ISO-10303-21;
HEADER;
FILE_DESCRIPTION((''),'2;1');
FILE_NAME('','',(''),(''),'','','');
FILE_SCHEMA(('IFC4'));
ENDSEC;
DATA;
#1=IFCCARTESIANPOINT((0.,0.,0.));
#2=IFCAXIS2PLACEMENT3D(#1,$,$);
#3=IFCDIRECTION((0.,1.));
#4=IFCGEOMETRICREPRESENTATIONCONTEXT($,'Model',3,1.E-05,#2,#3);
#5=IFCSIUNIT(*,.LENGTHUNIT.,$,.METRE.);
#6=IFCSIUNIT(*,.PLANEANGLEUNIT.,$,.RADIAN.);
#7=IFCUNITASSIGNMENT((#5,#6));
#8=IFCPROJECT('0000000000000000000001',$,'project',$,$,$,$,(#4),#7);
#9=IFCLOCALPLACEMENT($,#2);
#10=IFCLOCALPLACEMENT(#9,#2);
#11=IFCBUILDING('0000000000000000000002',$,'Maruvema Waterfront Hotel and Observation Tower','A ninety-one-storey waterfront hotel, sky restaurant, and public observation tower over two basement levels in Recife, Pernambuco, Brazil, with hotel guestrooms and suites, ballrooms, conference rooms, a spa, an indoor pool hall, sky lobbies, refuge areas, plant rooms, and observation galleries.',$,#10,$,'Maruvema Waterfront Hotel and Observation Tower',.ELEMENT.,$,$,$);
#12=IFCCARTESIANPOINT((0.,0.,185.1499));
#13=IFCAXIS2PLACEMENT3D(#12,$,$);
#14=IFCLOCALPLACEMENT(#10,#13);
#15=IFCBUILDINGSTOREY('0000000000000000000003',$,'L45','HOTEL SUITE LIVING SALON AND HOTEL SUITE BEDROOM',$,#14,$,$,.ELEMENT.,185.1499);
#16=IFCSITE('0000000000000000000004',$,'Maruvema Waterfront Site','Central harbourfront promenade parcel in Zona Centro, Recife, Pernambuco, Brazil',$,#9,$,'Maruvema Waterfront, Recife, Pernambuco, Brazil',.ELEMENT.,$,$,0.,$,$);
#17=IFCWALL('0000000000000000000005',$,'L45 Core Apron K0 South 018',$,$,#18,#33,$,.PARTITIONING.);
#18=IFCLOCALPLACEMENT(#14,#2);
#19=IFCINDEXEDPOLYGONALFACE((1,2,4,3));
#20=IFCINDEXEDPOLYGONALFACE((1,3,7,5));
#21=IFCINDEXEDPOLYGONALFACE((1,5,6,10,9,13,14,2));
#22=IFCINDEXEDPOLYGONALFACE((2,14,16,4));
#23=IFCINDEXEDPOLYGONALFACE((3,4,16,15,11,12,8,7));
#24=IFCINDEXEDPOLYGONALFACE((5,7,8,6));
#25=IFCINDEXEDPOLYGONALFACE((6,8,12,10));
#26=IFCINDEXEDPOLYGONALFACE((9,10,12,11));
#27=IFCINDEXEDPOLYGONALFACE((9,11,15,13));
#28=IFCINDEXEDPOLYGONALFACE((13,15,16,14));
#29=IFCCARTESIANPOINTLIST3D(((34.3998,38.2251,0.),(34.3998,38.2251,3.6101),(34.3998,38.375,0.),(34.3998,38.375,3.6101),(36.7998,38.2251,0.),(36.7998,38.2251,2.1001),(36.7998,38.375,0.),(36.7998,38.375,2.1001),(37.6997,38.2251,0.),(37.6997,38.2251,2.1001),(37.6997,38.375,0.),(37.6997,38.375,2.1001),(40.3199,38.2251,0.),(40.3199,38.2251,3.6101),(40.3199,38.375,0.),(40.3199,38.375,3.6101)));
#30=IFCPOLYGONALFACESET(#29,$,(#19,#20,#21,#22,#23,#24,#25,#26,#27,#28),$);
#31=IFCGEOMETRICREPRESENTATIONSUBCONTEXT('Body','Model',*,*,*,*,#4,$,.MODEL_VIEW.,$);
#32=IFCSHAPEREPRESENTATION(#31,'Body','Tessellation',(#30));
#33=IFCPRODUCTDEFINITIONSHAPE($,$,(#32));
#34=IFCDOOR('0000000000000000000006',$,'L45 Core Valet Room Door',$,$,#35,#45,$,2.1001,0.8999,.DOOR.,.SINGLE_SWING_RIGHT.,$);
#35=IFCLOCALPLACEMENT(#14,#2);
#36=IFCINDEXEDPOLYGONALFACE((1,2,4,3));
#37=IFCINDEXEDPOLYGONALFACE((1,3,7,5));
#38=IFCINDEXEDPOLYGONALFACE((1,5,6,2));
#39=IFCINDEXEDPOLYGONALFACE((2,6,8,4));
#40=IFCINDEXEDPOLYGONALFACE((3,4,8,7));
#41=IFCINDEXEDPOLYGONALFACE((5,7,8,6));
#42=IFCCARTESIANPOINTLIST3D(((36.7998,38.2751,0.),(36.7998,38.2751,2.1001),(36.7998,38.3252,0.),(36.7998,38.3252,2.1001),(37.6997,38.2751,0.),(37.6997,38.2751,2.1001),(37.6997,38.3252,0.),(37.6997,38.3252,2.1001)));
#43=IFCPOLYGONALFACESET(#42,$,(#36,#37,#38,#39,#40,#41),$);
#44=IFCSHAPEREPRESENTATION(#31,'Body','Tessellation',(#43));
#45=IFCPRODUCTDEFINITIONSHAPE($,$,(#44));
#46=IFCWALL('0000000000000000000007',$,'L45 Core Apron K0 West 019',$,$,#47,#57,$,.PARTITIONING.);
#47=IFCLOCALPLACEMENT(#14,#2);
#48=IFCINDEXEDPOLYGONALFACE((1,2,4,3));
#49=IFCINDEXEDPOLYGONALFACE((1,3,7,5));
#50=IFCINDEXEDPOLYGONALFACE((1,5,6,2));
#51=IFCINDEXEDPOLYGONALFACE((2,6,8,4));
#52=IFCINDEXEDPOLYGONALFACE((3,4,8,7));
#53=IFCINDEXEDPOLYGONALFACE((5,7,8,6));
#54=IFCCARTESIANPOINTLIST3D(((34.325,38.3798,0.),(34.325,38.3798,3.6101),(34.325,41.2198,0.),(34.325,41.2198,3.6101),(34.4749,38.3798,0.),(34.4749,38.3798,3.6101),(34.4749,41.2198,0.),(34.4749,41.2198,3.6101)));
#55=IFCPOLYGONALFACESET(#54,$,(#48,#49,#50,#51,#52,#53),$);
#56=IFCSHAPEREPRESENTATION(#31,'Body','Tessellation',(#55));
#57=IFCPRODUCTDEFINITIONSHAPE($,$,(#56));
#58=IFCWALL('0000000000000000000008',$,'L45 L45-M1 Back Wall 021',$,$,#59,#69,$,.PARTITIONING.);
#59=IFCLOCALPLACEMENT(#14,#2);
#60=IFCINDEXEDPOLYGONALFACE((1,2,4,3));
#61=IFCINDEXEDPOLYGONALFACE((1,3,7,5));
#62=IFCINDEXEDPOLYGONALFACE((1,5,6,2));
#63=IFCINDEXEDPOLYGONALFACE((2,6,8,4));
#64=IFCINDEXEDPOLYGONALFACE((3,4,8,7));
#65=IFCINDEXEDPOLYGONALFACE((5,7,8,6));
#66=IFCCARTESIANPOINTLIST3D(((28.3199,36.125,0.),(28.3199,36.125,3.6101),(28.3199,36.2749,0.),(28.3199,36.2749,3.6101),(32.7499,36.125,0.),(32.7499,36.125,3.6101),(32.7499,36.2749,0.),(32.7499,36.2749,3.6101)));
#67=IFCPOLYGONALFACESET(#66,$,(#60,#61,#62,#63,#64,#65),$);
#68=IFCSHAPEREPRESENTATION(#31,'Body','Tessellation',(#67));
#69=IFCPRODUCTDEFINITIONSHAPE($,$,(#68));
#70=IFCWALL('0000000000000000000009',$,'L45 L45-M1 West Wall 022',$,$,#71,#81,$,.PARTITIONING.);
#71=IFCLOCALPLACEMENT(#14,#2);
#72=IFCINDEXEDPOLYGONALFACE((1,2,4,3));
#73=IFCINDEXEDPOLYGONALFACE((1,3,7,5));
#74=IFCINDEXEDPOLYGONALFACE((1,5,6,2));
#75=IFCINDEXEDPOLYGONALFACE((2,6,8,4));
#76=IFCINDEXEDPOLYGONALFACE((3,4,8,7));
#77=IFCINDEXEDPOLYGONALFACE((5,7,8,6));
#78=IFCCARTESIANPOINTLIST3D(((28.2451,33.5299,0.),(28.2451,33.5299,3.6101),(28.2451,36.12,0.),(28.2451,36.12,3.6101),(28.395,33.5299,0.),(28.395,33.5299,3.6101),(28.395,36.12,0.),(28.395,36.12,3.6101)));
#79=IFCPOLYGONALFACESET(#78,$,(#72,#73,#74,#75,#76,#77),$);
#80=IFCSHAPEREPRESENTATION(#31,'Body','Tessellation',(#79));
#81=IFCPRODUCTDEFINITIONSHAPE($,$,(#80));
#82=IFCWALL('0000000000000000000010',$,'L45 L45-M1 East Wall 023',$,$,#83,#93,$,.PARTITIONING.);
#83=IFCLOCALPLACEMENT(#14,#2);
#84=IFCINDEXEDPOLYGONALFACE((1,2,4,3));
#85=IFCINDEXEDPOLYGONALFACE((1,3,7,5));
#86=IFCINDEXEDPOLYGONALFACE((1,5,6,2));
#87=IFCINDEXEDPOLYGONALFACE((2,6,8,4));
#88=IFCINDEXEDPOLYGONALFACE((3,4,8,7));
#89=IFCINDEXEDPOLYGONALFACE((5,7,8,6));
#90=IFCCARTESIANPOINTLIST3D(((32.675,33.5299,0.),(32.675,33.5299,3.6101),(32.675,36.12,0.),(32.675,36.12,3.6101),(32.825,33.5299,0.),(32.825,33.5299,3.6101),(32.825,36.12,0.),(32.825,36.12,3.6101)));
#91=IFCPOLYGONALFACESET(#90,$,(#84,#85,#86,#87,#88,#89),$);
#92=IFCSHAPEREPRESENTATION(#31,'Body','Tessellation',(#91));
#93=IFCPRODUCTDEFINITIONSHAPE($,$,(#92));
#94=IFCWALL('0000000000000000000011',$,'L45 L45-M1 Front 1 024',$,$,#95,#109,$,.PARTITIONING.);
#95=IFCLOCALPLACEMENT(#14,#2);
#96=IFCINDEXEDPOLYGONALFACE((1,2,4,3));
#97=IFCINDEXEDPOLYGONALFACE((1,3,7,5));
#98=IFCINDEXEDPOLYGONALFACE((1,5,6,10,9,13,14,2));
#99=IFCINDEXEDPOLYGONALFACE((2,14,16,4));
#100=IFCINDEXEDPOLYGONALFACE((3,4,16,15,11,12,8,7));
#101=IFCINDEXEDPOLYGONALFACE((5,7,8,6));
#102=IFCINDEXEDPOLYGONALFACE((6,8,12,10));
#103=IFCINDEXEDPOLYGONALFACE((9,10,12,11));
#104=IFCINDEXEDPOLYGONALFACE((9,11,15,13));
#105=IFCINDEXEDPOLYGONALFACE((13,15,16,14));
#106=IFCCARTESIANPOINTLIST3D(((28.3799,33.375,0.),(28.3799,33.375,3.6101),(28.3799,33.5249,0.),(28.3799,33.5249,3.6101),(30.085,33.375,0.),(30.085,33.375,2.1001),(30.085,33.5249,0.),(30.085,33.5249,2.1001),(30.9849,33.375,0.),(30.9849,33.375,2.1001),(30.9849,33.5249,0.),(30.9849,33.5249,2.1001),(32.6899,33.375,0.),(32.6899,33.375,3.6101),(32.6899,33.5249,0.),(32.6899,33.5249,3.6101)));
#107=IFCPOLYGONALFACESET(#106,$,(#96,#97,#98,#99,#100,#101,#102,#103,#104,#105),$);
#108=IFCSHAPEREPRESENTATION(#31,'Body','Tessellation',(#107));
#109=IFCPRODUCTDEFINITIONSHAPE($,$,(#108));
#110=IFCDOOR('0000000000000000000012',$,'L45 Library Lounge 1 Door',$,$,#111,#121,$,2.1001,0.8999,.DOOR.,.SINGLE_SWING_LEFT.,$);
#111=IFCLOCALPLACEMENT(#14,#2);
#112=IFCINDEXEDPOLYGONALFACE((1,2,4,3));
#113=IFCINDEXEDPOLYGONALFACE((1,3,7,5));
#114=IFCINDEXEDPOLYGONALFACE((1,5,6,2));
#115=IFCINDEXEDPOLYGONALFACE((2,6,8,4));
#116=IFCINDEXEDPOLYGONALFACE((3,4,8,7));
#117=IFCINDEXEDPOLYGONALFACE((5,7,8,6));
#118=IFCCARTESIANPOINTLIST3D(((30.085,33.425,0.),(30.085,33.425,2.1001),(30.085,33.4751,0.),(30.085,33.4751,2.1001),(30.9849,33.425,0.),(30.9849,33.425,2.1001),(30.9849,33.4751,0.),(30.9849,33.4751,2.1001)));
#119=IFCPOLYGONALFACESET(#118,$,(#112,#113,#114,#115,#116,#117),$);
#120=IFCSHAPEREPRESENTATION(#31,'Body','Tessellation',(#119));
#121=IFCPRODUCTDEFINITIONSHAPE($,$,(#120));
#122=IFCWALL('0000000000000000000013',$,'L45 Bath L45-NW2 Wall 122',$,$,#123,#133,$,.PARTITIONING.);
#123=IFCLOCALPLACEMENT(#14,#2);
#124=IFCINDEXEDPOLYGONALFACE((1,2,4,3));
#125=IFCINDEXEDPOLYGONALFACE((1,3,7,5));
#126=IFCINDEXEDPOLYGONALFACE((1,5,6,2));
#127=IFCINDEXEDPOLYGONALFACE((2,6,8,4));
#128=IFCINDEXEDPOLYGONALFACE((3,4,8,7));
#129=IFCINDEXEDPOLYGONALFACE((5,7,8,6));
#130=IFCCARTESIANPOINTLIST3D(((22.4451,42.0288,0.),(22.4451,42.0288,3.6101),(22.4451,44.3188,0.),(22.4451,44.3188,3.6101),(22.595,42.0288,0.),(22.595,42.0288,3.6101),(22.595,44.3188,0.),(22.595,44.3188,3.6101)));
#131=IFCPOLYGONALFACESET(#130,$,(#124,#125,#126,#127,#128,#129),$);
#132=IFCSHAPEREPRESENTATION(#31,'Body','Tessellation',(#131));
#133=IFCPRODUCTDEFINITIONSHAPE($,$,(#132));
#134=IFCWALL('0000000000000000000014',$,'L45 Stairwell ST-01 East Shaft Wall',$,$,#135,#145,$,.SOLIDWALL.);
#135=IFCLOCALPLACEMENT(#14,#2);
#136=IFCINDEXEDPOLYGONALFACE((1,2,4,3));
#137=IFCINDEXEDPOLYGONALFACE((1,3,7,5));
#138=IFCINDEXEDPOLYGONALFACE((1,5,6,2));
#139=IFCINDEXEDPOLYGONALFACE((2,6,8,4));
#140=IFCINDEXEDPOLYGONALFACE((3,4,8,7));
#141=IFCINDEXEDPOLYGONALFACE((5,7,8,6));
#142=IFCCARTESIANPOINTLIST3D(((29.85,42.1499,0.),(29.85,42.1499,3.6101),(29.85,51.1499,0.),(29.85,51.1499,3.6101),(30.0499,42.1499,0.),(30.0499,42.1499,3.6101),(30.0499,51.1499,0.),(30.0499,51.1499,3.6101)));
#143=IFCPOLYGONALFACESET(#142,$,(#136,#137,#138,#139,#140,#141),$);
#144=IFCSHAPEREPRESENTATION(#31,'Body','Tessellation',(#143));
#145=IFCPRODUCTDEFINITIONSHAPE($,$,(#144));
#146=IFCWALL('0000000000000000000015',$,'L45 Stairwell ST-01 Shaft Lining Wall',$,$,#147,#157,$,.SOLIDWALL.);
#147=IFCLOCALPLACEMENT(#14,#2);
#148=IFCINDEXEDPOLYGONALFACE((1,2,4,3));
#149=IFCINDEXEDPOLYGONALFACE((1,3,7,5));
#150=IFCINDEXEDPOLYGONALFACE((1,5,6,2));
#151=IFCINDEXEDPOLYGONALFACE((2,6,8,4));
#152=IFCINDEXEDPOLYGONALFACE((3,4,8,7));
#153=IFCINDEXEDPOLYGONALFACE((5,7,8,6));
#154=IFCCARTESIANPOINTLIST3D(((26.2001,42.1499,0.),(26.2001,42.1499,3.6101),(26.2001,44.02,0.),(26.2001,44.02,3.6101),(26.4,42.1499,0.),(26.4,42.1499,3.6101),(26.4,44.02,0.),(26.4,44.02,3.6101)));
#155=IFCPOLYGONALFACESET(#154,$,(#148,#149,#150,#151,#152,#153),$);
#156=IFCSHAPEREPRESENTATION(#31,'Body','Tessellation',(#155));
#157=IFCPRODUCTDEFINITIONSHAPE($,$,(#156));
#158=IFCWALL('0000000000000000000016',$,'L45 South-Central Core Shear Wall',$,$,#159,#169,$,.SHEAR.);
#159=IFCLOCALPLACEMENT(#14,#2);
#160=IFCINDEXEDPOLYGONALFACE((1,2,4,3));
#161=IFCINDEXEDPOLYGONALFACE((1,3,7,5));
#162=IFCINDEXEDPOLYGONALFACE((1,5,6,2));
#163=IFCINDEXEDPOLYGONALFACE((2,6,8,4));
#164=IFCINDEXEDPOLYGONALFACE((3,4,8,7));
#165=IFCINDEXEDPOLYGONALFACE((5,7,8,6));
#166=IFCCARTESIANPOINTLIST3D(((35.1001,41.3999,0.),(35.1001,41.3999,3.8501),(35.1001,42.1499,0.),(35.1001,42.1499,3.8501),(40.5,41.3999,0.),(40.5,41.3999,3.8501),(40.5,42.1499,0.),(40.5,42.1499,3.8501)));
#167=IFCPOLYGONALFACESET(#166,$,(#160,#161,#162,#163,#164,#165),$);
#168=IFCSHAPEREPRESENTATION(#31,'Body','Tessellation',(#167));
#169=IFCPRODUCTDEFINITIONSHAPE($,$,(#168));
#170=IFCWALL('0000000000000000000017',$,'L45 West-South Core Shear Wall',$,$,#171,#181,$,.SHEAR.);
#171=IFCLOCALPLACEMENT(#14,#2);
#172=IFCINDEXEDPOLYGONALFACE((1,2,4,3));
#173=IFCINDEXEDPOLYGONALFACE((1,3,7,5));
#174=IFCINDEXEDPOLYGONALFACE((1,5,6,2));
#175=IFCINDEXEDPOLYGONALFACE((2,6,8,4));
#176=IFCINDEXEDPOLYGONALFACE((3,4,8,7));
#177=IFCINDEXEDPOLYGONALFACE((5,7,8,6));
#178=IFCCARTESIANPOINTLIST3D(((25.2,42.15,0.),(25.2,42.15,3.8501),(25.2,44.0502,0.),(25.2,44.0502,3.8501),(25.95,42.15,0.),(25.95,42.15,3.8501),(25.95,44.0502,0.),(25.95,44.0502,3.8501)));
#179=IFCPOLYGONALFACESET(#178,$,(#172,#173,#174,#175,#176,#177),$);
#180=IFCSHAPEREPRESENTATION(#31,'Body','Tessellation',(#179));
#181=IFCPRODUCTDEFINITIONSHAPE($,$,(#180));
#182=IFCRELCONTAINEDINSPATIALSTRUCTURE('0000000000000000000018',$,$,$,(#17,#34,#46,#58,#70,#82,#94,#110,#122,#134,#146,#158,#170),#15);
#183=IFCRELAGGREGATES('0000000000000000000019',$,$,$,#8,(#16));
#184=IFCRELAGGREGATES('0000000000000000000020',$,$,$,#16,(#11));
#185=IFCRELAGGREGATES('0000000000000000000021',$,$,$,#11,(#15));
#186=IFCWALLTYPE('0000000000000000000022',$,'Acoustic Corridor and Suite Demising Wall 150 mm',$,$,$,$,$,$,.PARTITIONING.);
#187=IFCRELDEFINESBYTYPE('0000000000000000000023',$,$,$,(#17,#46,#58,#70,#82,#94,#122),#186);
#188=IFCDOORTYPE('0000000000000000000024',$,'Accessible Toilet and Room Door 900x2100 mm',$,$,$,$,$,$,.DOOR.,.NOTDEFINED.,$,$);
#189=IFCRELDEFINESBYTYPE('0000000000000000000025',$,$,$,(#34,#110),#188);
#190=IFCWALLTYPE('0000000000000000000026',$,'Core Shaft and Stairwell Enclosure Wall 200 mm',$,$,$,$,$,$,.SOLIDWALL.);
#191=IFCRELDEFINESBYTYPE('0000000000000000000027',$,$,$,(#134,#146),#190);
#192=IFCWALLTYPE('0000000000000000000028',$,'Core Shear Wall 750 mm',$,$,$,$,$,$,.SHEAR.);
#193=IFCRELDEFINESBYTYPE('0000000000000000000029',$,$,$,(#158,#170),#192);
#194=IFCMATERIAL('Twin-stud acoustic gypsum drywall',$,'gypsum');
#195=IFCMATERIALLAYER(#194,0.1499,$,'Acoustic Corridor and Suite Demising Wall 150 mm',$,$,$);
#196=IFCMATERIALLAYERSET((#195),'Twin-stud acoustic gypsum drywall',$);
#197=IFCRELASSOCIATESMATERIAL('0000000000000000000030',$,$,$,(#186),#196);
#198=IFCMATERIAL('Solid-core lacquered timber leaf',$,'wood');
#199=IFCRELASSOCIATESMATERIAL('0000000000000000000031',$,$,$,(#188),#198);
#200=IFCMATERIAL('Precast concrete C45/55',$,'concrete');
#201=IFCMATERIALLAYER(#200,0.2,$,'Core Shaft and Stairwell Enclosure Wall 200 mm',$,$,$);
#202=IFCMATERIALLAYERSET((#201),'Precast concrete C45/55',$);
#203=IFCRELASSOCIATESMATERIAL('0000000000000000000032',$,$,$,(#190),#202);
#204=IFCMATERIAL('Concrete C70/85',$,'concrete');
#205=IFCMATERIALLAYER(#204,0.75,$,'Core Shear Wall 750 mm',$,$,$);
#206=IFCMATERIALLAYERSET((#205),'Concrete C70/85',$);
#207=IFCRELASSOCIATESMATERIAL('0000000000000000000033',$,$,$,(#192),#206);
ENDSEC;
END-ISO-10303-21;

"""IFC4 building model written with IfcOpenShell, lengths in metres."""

from ifc_helpers import new_model, si_unit, direction, frame, frame_2d, origin, place, context, subcontext, project, spatial, rectangle, extrude, material, layer, layer_set, type_object, element, fill, save


model = new_model("IFC4")

# Units and contexts
model_context = context("Model", 3, precision=1e-05, world=origin(), true_north=direction((0.0, 1.0)))
body_context = subcontext(model_context, "Body", "Model", "MODEL_VIEW")
ifc_project = project(units=[si_unit("LENGTHUNIT", "METRE"), si_unit("PLANEANGLEUNIT", "RADIAN")], contexts=[model_context])

# Site, building, storey
site_placement = place(None, origin())
site = spatial("IfcSite", under=ifc_project, at=site_placement, Name="Maruvema Waterfront Site", Description="Central harbourfront promenade parcel in Zona Centro, Recife, Pernambuco, Brazil", LongName="Maruvema Waterfront, Recife, Pernambuco, Brazil", CompositionType="ELEMENT", RefElevation=0.0)
building_placement = place(site_placement, origin())
building = spatial("IfcBuilding", under=site, at=building_placement, Name="Maruvema Waterfront Hotel and Observation Tower", Description="A ninety-one-storey waterfront hotel, sky restaurant, and public observation tower over two basement levels in Recife, Pernambuco, Brazil, with hotel guestrooms and suites, ballrooms, conference rooms, a spa, an indoor pool hall, sky lobbies, refuge areas, plant rooms, and observation galleries.", LongName="Maruvema Waterfront Hotel and Observation Tower", CompositionType="ELEMENT")
storey_placement = place(building_placement, frame((0.0, 0.0, 185.1499)))
storey = spatial("IfcBuildingStorey", under=building, at=storey_placement, Name="L45", Description="HOTEL SUITE LIVING SALON AND HOTEL SUITE BEDROOM", CompositionType="ELEMENT", Elevation=185.1499)

# Wall, opening, door
ifc_material_1 = material(Name="Twin-stud acoustic gypsum drywall", Category="gypsum")
ifc_layer_1 = layer(ifc_material_1, 0.1499, Name="Acoustic Corridor and Suite Demising Wall 150 mm")
ifc_layer_set_1 = layer_set([ifc_layer_1], Name="Twin-stud acoustic gypsum drywall")
wall_type_1 = type_object("IfcWallType", Name="Acoustic Corridor and Suite Demising Wall 150 mm", PredefinedType="PARTITIONING", material=ifc_layer_set_1)
wall_1_placement = place(storey_placement, frame((34.3999, 38.3, 0.0), z_axis=(0.0, 0.0, 1.0), x_axis=(1.0, 0.0, 0.0)))
wall_1 = element("IfcWall", 1, at=wall_1_placement, inside=storey, type_object=wall_type_1, Name="L45 Core Apron K0 South 018", PredefinedType="PARTITIONING", context=body_context, shape_type="SweptSolid", body=[
    extrude(rectangle(XDim=5.9202, YDim=0.1499, at=frame_2d((2.96, 0.0))), origin(), (0.0, 0.0, 1.0), 3.6101),
])
opening_1_placement = place(wall_1_placement, frame((2.3999, 0.0, 0.0)))
opening_1 = element("IfcOpeningElement", 2, at=opening_1_placement, cuts=wall_1, PredefinedType="OPENING", context=body_context, shape_type="SweptSolid", body=[
    extrude(rectangle(XDim=0.8999, YDim=2.1001, at=frame_2d((0.45, 1.05))), frame((0.0, 0.085, 0.0), z_axis=(0.0, -1.0, 0.0), x_axis=(1.0, 0.0, 0.0)), (0.0, 0.0, 1.0), 0.1699),
])
ifc_material_2 = material(Name="Solid-core lacquered timber leaf", Category="wood")
door_type_1 = type_object("IfcDoorType", Name="Accessible Toilet and Room Door 900x2100 mm", OperationType="NOTDEFINED", PredefinedType="DOOR", material=ifc_material_2)
door_1_placement = place(opening_1_placement, frame((0.8999, 0.0, 0.0), z_axis=(0.0, 0.0, 1.0), x_axis=(-1.0, 0.0, 0.0)))
door_1 = element("IfcDoor", 3, at=door_1_placement, inside=storey, type_object=door_type_1, Name="L45 Core Valet Room Door", OperationType="SINGLE_SWING_RIGHT", OverallHeight=2.1001, OverallWidth=0.8999, PredefinedType="DOOR", context=body_context, shape_type="SweptSolid", body=[
    extrude(rectangle(XDim=0.8999, YDim=2.1001, at=frame_2d((0.45, 1.05))), frame((0.0, 0.0249, 0.0), z_axis=(0.0, -1.0, 0.0), x_axis=(1.0, 0.0, 0.0)), (0.0, 0.0, 1.0), 0.05),
])
fill(opening_1, door_1)

# Walls
wall_2_placement = place(storey_placement, frame((34.3999, 38.3799, 0.0), z_axis=(0.0, 0.0, 1.0), x_axis=(0.0, 1.0, 0.0)))
element("IfcWall", 4, at=wall_2_placement, inside=storey, type_object=wall_type_1, Name="L45 Core Apron K0 West 019", PredefinedType="PARTITIONING", context=body_context, shape_type="SweptSolid", body=[
    extrude(rectangle(XDim=2.8401, YDim=0.1499, at=frame_2d((1.4199, 0.0))), origin(), (0.0, 0.0, 1.0), 3.6101),
])
wall_3_placement = place(storey_placement, frame((28.3201, 36.2, 0.0), z_axis=(0.0, 0.0, 1.0), x_axis=(1.0, 0.0, 0.0)))
element("IfcWall", 5, at=wall_3_placement, inside=storey, type_object=wall_type_1, Name="L45 L45-M1 Back Wall 021", PredefinedType="PARTITIONING", context=body_context, shape_type="SweptSolid", body=[
    extrude(rectangle(XDim=4.4299, YDim=0.1499, at=frame_2d((2.2148, 0.0))), origin(), (0.0, 0.0, 1.0), 3.6101),
])
for number, where, z_axis, x_axis, name in (
    (6, (28.3201, 33.53, 0.0), (0.0, 0.0, 1.0), (0.0, 1.0, 0.0), "L45 L45-M1 West Wall 022"),
    (7, (32.75, 33.53, 0.0), (0.0, 0.0, 1.0), (0.0, 1.0, 0.0), "L45 L45-M1 East Wall 023"),
):
    element("IfcWall", number, at=place(storey_placement, frame(where, z_axis=z_axis, x_axis=x_axis)), inside=storey, type_object=wall_type_1, Name=name, PredefinedType="PARTITIONING", context=body_context, shape_type="SweptSolid", body=[
        extrude(rectangle(XDim=2.5901, YDim=0.1499, at=frame_2d((1.2949, 0.0))), origin(), (0.0, 0.0, 1.0), 3.6101),
    ])

# Wall, opening, door
wall_4_placement = place(storey_placement, frame((28.3799, 33.45, 0.0), z_axis=(0.0, 0.0, 1.0), x_axis=(1.0, 0.0, 0.0)))
wall_4 = element("IfcWall", 8, at=wall_4_placement, inside=storey, type_object=wall_type_1, Name="L45 L45-M1 Front 1 024", PredefinedType="PARTITIONING", context=body_context, shape_type="SweptSolid", body=[
    extrude(rectangle(XDim=4.3101, YDim=0.1499, at=frame_2d((2.155, 0.0))), origin(), (0.0, 0.0, 1.0), 3.6101),
])
opening_2_placement = place(wall_4_placement, frame((1.7051, 0.0, 0.0)))
opening_2 = element("IfcOpeningElement", 9, at=opening_2_placement, cuts=wall_4, PredefinedType="OPENING", context=body_context, shape_type="SweptSolid", body=[
    extrude(rectangle(XDim=0.8999, YDim=2.1001, at=frame_2d((0.45, 1.05))), frame((0.0, 0.085, 0.0), z_axis=(0.0, -1.0, 0.0), x_axis=(1.0, 0.0, 0.0)), (0.0, 0.0, 1.0), 0.1699),
])
door_2_placement = place(opening_2_placement, frame((0.8999, 0.0, 0.0), z_axis=(0.0, 0.0, 1.0), x_axis=(-1.0, 0.0, 0.0)))
door_2 = element("IfcDoor", 10, at=door_2_placement, inside=storey, type_object=door_type_1, Name="L45 Library Lounge 1 Door", OperationType="SINGLE_SWING_LEFT", OverallHeight=2.1001, OverallWidth=0.8999, PredefinedType="DOOR", context=body_context, shape_type="SweptSolid", body=[
    extrude(rectangle(XDim=0.8999, YDim=2.1001, at=frame_2d((0.45, 1.05))), frame((0.0, 0.0249, 0.0), z_axis=(0.0, -1.0, 0.0), x_axis=(1.0, 0.0, 0.0)), (0.0, 0.0, 1.0), 0.05),
])
fill(opening_2, door_2)

# Walls
wall_5_placement = place(storey_placement, frame((22.52, 42.0288, 0.0), z_axis=(0.0, 0.0, 1.0), x_axis=(0.0, 1.0, 0.0)))
element("IfcWall", 11, at=wall_5_placement, inside=storey, type_object=wall_type_1, Name="L45 Bath L45-NW2 Wall 122", PredefinedType="PARTITIONING", context=body_context, shape_type="SweptSolid", body=[
    extrude(rectangle(XDim=2.29, YDim=0.1499, at=frame_2d((1.145, 0.0))), origin(), (0.0, 0.0, 1.0), 3.6101),
])
ifc_material_3 = material(Name="Precast concrete C45/55", Category="concrete")
ifc_layer_2 = layer(ifc_material_3, 0.2, Name="Core Shaft and Stairwell Enclosure Wall 200 mm")
ifc_layer_set_2 = layer_set([ifc_layer_2], Name="Precast concrete C45/55")
wall_type_2 = type_object("IfcWallType", Name="Core Shaft and Stairwell Enclosure Wall 200 mm", PredefinedType="SOLIDWALL", material=ifc_layer_set_2)
wall_6_placement = place(storey_placement, frame((29.95, 42.1499, 0.0), z_axis=(0.0, 0.0, 1.0), x_axis=(0.0, 1.0, 0.0)))
element("IfcWall", 12, at=wall_6_placement, inside=storey, type_object=wall_type_2, Name="L45 Stairwell ST-01 East Shaft Wall", PredefinedType="SOLIDWALL", context=body_context, shape_type="SweptSolid", body=[
    extrude(rectangle(XDim=9.0, YDim=0.2, at=frame_2d((4.5, 0.0))), origin(), (0.0, 0.0, 1.0), 3.6101),
])
wall_7_placement = place(storey_placement, frame((26.3, 42.1499, 0.0), z_axis=(0.0, 0.0, 1.0), x_axis=(0.0, 1.0, 0.0)))
element("IfcWall", 13, at=wall_7_placement, inside=storey, type_object=wall_type_2, Name="L45 Stairwell ST-01 Shaft Lining Wall", PredefinedType="SOLIDWALL", context=body_context, shape_type="SweptSolid", body=[
    extrude(rectangle(XDim=1.8701, YDim=0.2, at=frame_2d((0.9351, 0.0))), origin(), (0.0, 0.0, 1.0), 3.6101),
])

# Shared definitions
ifc_material_4 = material(Name="Concrete C70/85", Category="concrete")
ifc_layer_3 = layer(ifc_material_4, 0.75, Name="Core Shear Wall 750 mm")
ifc_layer_set_3 = layer_set([ifc_layer_3], Name="Concrete C70/85")
wall_type_3 = type_object("IfcWallType", Name="Core Shear Wall 750 mm", PredefinedType="SHEAR", material=ifc_layer_set_3)

# Walls
wall_8_placement = place(storey_placement, frame((35.1001, 41.7749, 0.0), z_axis=(0.0, 0.0, 1.0), x_axis=(1.0, 0.0, 0.0)))
element("IfcWall", 14, at=wall_8_placement, inside=storey, type_object=wall_type_3, Name="L45 South-Central Core Shear Wall", PredefinedType="SHEAR", context=body_context, shape_type="SweptSolid", body=[
    extrude(rectangle(XDim=5.3999, YDim=0.75, at=frame_2d((2.7, 0.0))), origin(), (0.0, 0.0, 1.0), 3.8501),
])
wall_9_placement = place(storey_placement, frame((25.575, 42.1499, 0.0), z_axis=(0.0, 0.0, 1.0), x_axis=(0.0, 1.0, 0.0)))
element("IfcWall", 15, at=wall_9_placement, inside=storey, type_object=wall_type_3, Name="L45 West-South Core Shear Wall", PredefinedType="SHEAR", context=body_context, shape_type="SweptSolid", body=[
    extrude(rectangle(XDim=1.9001, YDim=0.75, at=frame_2d((0.9502, 0.0))), origin(), (0.0, 0.0, 1.0), 3.8501),
])

save(model, "model.ifc")
